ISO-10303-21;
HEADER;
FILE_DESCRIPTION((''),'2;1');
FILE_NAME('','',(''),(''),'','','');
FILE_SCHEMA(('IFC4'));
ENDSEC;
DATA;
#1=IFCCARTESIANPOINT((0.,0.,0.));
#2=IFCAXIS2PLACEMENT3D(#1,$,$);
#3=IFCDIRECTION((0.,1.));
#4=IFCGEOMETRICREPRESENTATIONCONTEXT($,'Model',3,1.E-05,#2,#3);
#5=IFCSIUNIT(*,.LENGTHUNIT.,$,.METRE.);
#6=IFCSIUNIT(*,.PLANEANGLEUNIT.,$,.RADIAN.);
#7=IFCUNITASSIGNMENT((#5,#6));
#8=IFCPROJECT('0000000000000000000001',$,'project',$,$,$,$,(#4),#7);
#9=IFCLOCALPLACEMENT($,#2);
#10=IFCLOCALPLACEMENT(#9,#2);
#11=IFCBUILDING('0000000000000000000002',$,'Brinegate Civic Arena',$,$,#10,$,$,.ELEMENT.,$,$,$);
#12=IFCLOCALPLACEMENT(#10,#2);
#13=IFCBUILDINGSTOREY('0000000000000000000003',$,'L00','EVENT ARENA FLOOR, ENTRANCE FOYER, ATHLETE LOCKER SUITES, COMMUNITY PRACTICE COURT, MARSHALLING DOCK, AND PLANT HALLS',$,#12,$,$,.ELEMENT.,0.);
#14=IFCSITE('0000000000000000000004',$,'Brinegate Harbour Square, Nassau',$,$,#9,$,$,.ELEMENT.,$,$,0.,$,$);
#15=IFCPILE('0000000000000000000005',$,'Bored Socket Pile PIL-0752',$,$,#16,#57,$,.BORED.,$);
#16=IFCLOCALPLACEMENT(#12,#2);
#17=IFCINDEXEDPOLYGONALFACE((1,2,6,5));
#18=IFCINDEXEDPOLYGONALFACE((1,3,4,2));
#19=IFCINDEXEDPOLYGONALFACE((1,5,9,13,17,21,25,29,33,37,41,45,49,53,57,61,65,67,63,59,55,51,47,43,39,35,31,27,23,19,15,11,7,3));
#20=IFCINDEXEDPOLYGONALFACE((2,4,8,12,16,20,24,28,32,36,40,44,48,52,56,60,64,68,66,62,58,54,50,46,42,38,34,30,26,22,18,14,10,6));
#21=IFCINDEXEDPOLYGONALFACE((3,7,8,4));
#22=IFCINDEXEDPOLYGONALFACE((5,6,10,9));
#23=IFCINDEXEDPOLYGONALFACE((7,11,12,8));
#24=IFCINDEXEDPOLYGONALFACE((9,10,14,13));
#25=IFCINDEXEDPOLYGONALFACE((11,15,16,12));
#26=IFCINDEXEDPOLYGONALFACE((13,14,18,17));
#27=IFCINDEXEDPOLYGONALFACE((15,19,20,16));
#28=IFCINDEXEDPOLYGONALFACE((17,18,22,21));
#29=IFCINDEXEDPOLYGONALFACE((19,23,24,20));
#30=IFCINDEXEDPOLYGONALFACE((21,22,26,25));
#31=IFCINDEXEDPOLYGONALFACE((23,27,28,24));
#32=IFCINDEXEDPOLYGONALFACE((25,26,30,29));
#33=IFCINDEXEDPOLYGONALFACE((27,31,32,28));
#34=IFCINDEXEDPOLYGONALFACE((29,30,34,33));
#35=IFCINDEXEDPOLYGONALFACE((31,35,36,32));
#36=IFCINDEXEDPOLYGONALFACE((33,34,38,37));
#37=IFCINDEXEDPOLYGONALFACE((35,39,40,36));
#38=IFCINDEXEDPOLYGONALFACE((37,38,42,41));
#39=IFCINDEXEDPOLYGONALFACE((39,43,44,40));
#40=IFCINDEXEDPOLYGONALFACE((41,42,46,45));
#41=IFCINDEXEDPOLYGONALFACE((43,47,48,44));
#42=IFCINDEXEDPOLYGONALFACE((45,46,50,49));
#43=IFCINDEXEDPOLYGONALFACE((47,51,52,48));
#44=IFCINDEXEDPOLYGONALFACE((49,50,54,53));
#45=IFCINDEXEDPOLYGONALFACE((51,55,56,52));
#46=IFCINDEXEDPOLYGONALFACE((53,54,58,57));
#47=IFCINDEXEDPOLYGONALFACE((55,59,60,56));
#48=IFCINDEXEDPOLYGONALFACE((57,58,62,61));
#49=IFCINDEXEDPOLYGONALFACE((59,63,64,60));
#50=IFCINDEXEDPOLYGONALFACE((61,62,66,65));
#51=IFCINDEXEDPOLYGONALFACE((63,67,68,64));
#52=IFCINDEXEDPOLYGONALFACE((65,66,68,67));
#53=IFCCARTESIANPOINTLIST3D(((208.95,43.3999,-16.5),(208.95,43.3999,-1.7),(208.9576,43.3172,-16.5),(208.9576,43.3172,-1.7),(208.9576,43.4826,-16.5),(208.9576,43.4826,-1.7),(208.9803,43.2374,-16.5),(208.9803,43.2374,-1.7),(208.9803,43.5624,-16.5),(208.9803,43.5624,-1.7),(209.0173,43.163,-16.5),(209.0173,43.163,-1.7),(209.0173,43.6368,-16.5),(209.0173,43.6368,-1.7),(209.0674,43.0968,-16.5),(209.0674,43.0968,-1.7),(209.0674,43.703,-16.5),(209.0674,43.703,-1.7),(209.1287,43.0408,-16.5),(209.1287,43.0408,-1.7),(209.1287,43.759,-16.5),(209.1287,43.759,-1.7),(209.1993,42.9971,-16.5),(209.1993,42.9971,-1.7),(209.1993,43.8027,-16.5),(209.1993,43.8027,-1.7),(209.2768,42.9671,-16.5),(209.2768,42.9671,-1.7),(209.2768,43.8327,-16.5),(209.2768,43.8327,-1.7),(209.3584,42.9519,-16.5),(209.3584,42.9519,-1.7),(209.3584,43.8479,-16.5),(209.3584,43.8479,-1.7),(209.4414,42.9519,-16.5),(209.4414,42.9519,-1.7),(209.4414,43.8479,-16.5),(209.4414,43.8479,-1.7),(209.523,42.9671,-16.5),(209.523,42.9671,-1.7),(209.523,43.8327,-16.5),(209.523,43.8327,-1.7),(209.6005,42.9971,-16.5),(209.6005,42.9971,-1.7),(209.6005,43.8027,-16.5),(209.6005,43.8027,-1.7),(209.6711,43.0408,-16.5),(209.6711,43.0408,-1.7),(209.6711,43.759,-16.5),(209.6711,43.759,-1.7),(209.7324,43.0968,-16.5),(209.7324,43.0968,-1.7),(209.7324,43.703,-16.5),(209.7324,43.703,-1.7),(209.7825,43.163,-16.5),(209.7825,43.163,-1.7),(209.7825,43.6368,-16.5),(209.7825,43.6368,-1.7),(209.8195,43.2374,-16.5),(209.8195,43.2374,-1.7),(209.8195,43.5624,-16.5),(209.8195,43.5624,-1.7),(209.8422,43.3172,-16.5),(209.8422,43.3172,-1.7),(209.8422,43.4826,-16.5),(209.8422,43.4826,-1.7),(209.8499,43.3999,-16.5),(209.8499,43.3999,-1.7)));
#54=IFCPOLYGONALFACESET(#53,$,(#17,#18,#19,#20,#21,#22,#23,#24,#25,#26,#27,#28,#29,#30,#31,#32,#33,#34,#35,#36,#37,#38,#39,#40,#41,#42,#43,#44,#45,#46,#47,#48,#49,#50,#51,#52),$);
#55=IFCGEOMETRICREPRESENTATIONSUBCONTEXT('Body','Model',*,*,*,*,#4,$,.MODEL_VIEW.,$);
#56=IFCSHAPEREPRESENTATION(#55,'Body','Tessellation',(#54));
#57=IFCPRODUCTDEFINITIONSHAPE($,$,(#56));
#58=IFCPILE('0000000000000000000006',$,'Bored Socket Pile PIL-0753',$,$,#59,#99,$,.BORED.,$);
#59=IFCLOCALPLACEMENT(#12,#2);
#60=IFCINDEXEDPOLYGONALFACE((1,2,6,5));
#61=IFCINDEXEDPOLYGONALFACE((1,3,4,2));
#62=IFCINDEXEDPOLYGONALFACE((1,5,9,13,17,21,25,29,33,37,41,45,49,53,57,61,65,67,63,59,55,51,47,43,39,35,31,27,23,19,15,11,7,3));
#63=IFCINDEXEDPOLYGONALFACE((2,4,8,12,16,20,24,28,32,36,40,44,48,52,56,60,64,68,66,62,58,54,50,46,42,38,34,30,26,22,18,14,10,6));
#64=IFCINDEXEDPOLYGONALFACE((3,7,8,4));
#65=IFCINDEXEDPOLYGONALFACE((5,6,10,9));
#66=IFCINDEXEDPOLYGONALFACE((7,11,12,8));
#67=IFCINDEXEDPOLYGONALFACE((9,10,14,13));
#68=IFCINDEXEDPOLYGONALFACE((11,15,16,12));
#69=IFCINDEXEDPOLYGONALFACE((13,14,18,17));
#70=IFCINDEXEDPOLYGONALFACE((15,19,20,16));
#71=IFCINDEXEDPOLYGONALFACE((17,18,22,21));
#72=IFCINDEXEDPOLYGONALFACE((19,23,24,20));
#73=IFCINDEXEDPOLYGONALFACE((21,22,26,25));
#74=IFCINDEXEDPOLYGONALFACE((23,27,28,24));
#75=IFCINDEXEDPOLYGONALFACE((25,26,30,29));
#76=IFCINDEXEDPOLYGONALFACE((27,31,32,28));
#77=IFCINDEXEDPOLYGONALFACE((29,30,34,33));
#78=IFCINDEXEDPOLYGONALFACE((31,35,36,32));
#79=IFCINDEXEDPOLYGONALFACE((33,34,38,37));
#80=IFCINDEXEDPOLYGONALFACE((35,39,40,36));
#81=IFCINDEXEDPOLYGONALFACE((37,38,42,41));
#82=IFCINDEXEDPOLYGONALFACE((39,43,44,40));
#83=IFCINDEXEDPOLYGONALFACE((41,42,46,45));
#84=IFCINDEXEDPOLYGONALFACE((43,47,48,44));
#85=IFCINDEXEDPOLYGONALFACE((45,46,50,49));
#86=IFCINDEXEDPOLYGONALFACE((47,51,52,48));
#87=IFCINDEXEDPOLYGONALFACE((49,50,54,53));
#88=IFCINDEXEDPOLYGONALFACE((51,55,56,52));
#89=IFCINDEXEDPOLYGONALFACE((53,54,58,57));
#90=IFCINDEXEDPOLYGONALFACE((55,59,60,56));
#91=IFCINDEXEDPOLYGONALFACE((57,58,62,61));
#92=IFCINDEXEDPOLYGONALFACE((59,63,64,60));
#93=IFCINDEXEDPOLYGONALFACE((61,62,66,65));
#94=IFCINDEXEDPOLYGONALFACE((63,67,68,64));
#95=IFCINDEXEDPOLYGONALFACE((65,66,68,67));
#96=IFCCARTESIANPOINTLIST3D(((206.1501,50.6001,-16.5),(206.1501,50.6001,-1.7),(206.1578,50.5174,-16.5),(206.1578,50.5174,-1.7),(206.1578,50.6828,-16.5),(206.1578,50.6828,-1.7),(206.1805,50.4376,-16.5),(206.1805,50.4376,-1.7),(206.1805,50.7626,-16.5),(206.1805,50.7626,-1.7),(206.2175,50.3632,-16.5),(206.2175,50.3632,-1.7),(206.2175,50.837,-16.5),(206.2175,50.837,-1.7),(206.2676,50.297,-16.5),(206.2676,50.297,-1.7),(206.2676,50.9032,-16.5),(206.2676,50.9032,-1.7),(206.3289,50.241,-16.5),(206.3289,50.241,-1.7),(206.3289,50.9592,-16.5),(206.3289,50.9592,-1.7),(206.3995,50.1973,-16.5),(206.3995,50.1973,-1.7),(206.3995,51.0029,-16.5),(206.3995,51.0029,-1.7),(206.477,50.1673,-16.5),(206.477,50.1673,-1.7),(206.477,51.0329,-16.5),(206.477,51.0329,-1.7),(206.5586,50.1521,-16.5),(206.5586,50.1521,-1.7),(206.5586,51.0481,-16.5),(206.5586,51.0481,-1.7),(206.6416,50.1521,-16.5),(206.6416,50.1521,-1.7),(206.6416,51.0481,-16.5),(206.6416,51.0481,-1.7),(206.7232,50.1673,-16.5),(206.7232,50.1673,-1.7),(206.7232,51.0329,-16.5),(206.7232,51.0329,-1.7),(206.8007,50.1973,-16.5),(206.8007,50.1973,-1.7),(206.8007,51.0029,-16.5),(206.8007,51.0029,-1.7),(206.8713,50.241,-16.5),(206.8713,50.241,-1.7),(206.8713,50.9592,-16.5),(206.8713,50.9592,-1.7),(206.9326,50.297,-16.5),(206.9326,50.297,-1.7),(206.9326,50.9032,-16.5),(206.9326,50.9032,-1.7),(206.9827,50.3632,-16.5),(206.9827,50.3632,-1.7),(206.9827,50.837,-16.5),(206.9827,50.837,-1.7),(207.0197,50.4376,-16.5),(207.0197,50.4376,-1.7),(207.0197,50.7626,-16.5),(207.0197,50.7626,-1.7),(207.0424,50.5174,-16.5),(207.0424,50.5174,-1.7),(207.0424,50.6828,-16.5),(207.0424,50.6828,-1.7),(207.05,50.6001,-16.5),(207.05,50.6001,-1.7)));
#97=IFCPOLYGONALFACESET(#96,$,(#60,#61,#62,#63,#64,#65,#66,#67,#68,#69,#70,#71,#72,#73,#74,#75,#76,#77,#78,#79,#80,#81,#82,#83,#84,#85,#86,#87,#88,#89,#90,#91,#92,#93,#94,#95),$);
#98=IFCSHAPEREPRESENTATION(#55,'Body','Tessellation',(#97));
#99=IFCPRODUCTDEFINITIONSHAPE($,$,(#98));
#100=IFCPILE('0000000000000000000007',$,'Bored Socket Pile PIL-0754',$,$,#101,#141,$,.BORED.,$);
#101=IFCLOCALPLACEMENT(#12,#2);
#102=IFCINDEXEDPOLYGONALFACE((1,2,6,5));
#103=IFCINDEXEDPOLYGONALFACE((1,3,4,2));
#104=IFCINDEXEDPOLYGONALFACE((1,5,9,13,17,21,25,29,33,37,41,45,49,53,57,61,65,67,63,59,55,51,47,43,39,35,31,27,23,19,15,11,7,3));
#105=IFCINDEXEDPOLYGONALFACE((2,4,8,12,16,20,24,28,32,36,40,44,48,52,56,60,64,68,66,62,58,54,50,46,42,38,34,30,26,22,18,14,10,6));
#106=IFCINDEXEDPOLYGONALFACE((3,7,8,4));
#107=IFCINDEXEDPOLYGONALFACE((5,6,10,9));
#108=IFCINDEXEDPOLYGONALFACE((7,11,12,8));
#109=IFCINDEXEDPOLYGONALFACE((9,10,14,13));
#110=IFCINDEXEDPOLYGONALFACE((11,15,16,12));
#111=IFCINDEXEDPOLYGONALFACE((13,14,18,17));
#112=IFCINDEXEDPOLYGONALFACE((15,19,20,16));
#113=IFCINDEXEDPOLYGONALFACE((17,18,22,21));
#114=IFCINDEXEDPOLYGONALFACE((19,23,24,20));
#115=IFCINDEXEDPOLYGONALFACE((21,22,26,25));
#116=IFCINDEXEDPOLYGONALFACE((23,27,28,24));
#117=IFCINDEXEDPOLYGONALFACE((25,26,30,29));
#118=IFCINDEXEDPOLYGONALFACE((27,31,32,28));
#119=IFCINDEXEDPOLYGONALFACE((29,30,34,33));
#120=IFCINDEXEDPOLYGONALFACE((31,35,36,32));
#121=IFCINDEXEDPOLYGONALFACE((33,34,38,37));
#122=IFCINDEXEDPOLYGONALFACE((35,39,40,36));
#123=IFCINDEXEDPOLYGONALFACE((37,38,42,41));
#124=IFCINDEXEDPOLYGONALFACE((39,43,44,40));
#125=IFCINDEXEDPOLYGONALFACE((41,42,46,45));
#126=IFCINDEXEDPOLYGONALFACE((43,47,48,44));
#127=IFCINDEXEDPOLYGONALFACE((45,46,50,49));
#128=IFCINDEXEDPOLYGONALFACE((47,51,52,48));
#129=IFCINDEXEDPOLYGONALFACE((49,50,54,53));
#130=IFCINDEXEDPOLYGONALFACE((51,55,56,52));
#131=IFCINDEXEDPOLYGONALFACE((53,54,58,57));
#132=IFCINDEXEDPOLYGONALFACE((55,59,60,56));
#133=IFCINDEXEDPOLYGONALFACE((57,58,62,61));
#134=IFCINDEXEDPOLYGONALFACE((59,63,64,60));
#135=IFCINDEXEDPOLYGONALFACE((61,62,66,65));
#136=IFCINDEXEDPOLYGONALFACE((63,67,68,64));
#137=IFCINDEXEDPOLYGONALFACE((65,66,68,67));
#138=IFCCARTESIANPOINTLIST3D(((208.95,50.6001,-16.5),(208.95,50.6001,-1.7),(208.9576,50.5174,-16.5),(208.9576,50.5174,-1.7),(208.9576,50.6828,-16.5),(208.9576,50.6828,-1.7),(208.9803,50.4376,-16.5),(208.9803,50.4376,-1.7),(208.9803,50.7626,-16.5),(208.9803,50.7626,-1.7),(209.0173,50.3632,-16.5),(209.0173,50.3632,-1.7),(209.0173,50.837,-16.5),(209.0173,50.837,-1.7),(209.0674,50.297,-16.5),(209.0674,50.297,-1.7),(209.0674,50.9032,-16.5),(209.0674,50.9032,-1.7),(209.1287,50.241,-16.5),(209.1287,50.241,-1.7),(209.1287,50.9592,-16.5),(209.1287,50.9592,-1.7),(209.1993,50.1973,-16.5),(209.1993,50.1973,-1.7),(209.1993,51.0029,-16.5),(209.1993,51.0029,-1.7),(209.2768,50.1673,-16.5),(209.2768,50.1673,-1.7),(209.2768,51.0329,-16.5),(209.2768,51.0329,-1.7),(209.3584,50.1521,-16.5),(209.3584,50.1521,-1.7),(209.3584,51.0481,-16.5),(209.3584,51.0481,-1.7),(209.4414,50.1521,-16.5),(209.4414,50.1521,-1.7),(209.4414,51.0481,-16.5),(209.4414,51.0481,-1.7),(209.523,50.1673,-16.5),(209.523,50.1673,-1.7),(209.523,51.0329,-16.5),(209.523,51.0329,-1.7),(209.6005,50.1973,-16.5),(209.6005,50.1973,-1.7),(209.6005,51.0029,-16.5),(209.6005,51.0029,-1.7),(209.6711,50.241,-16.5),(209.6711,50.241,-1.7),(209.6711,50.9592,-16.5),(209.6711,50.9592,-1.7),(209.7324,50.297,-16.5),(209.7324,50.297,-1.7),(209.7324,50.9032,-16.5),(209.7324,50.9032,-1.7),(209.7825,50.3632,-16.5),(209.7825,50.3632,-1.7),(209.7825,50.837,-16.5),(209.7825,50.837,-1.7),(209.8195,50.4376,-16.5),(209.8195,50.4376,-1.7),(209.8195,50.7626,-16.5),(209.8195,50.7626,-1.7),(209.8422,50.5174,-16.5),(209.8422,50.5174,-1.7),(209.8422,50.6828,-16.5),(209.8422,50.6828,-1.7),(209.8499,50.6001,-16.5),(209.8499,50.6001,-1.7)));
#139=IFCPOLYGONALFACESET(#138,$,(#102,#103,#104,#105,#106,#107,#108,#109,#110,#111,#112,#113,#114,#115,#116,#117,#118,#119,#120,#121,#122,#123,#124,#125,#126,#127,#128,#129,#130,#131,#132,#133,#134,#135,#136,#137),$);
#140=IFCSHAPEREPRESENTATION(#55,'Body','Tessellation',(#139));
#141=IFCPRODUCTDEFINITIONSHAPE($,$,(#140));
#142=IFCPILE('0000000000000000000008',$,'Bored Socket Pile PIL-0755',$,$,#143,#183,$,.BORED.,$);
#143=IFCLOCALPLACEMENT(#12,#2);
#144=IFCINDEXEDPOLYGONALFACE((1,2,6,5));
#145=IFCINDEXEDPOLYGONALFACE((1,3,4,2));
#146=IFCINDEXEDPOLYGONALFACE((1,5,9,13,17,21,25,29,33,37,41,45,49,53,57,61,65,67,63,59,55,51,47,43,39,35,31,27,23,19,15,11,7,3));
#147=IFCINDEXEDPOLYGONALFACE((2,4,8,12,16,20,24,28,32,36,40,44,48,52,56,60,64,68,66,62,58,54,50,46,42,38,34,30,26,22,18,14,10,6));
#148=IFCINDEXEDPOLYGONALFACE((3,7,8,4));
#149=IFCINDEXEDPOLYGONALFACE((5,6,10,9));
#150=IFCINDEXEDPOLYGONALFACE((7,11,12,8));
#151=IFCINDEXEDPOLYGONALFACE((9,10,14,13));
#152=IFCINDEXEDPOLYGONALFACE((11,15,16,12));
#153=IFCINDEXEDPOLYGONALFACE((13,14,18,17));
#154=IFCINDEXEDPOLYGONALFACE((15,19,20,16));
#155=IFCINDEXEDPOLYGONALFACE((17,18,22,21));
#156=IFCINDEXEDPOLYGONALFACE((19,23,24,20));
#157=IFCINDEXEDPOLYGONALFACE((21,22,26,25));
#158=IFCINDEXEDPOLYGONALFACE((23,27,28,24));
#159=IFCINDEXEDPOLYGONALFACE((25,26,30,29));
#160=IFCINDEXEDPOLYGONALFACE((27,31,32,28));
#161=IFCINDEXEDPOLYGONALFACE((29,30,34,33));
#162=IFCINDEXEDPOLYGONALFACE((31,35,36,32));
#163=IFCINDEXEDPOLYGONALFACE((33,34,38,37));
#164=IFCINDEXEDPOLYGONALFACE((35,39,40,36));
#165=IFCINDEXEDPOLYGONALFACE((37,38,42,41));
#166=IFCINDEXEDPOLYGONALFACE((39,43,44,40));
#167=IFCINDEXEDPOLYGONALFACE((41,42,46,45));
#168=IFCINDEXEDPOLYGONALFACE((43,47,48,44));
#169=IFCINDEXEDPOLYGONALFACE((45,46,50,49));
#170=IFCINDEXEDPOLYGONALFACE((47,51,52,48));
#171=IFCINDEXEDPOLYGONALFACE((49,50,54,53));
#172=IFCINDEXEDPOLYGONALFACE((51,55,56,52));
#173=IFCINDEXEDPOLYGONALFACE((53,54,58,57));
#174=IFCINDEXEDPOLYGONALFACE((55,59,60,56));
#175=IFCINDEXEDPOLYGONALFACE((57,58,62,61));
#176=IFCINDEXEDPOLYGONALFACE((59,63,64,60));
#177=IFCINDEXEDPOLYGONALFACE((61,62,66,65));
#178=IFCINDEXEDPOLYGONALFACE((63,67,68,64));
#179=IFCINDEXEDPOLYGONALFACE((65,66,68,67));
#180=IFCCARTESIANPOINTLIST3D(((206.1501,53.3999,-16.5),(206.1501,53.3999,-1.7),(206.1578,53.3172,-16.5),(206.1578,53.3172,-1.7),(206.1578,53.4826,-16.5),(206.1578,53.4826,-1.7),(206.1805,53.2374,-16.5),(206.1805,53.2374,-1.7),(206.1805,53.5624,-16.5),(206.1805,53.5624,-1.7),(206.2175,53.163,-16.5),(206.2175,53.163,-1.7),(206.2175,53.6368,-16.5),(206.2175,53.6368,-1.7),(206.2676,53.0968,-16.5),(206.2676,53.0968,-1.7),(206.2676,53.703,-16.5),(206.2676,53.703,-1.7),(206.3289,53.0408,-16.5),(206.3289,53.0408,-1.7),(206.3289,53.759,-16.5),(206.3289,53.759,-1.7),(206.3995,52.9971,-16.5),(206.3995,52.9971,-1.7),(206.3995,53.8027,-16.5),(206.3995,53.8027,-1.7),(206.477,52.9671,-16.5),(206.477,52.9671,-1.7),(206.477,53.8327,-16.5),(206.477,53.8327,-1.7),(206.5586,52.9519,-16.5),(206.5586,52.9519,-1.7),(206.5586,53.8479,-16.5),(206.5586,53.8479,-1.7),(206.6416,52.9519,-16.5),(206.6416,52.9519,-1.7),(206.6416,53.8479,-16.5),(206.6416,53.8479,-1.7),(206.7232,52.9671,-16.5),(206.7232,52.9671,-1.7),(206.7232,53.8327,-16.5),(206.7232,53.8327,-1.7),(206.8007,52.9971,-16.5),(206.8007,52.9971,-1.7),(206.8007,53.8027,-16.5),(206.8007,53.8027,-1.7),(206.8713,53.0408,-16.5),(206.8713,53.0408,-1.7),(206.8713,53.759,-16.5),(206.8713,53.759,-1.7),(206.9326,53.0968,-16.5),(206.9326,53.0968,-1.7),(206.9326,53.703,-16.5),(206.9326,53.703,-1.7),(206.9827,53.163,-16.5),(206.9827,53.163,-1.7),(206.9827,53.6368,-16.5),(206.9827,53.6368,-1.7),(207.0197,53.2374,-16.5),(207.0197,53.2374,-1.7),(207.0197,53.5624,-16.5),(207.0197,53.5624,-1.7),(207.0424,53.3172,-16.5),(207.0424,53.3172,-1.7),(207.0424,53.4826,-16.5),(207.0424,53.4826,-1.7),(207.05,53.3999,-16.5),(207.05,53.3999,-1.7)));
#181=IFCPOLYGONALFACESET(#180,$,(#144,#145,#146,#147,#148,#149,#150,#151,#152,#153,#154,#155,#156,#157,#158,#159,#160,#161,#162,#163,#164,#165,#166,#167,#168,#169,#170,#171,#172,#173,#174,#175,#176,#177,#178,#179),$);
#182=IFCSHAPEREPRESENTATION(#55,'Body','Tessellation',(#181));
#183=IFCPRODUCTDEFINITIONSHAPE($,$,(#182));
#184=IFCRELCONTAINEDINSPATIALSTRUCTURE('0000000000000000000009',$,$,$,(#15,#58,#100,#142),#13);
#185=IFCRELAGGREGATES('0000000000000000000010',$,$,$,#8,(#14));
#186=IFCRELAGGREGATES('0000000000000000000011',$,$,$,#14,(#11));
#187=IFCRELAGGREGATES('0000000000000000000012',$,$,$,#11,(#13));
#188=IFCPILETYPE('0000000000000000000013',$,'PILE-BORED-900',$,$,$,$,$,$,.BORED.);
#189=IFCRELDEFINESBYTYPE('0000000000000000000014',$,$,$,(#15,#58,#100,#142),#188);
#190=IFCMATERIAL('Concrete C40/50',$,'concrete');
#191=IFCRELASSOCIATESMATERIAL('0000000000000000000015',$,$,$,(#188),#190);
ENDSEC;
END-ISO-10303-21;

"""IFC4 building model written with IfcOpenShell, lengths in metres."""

from ifc_helpers import new_model, si_unit, direction, frame, origin, origin_2d, place, context, subcontext, project, spatial, circle, extrude, material, material_profile, profile_set, type_object, element, save


model = new_model("IFC4")

# Units and contexts
model_context = context("Model", 3, precision=1e-05, world=origin(), true_north=direction((0.0, 1.0)))
body_context = subcontext(model_context, "Body", "Model", "MODEL_VIEW")
ifc_project = project(units=[si_unit("LENGTHUNIT", "METRE"), si_unit("PLANEANGLEUNIT", "RADIAN")], contexts=[model_context])

# Site, building, storey
site_placement = place(None, origin())
site = spatial("IfcSite", under=ifc_project, at=site_placement, Name="Brinegate Harbour Square, Nassau", CompositionType="ELEMENT", RefElevation=0.0)
building_placement = place(site_placement, origin())
building = spatial("IfcBuilding", under=site, at=building_placement, Name="Brinegate Civic Arena", CompositionType="ELEMENT")
storey_placement = place(building_placement, origin())
storey = spatial("IfcBuildingStorey", under=building, at=storey_placement, Name="L00", Description="EVENT ARENA FLOOR, ENTRANCE FOYER, ATHLETE LOCKER SUITES, COMMUNITY PRACTICE COURT, MARSHALLING DOCK, AND PLANT HALLS", CompositionType="ELEMENT", Elevation=0.0)

# Shared definitions
ifc_material_1 = material(Name="Concrete C40/50", Category="concrete")

# Piles
ifc_material_profile_1 = material_profile(ifc_material_1, circle(Radius=0.45, at=origin_2d()), Name="PILED900")
ifc_profile_set_1 = profile_set([ifc_material_profile_1], Name="Concrete C40/50")
pile_type = type_object("IfcPileType", Name="PILE-BORED-900", PredefinedType="BORED", material=ifc_profile_set_1)
for number, where, z_axis, x_axis, name in (
    (1, (209.3999, 43.3999, -1.7), (0.0, 0.0, -1.0), (1.0, 0.0, 0.0), "Bored Socket Pile PIL-0752"),
    (2, (206.6001, 50.6001, -1.7), (0.0, 0.0, -1.0), (1.0, 0.0, 0.0), "Bored Socket Pile PIL-0753"),
    (3, (209.3999, 50.6001, -1.7), (0.0, 0.0, -1.0), (1.0, 0.0, 0.0), "Bored Socket Pile PIL-0754"),
    (4, (206.6001, 53.3999, -1.7), (0.0, 0.0, -1.0), (1.0, 0.0, 0.0), "Bored Socket Pile PIL-0755"),
):
    element("IfcPile", number, at=place(storey_placement, frame(where, z_axis=z_axis, x_axis=x_axis)), inside=storey, type_object=pile_type, Name=name, PredefinedType="BORED", context=body_context, shape_type="SweptSolid", body=[
        extrude(circle(Radius=0.45, at=origin_2d()), origin(), (0.0, 0.0, 1.0), 14.8),
    ])

save(model, "model.ifc")
